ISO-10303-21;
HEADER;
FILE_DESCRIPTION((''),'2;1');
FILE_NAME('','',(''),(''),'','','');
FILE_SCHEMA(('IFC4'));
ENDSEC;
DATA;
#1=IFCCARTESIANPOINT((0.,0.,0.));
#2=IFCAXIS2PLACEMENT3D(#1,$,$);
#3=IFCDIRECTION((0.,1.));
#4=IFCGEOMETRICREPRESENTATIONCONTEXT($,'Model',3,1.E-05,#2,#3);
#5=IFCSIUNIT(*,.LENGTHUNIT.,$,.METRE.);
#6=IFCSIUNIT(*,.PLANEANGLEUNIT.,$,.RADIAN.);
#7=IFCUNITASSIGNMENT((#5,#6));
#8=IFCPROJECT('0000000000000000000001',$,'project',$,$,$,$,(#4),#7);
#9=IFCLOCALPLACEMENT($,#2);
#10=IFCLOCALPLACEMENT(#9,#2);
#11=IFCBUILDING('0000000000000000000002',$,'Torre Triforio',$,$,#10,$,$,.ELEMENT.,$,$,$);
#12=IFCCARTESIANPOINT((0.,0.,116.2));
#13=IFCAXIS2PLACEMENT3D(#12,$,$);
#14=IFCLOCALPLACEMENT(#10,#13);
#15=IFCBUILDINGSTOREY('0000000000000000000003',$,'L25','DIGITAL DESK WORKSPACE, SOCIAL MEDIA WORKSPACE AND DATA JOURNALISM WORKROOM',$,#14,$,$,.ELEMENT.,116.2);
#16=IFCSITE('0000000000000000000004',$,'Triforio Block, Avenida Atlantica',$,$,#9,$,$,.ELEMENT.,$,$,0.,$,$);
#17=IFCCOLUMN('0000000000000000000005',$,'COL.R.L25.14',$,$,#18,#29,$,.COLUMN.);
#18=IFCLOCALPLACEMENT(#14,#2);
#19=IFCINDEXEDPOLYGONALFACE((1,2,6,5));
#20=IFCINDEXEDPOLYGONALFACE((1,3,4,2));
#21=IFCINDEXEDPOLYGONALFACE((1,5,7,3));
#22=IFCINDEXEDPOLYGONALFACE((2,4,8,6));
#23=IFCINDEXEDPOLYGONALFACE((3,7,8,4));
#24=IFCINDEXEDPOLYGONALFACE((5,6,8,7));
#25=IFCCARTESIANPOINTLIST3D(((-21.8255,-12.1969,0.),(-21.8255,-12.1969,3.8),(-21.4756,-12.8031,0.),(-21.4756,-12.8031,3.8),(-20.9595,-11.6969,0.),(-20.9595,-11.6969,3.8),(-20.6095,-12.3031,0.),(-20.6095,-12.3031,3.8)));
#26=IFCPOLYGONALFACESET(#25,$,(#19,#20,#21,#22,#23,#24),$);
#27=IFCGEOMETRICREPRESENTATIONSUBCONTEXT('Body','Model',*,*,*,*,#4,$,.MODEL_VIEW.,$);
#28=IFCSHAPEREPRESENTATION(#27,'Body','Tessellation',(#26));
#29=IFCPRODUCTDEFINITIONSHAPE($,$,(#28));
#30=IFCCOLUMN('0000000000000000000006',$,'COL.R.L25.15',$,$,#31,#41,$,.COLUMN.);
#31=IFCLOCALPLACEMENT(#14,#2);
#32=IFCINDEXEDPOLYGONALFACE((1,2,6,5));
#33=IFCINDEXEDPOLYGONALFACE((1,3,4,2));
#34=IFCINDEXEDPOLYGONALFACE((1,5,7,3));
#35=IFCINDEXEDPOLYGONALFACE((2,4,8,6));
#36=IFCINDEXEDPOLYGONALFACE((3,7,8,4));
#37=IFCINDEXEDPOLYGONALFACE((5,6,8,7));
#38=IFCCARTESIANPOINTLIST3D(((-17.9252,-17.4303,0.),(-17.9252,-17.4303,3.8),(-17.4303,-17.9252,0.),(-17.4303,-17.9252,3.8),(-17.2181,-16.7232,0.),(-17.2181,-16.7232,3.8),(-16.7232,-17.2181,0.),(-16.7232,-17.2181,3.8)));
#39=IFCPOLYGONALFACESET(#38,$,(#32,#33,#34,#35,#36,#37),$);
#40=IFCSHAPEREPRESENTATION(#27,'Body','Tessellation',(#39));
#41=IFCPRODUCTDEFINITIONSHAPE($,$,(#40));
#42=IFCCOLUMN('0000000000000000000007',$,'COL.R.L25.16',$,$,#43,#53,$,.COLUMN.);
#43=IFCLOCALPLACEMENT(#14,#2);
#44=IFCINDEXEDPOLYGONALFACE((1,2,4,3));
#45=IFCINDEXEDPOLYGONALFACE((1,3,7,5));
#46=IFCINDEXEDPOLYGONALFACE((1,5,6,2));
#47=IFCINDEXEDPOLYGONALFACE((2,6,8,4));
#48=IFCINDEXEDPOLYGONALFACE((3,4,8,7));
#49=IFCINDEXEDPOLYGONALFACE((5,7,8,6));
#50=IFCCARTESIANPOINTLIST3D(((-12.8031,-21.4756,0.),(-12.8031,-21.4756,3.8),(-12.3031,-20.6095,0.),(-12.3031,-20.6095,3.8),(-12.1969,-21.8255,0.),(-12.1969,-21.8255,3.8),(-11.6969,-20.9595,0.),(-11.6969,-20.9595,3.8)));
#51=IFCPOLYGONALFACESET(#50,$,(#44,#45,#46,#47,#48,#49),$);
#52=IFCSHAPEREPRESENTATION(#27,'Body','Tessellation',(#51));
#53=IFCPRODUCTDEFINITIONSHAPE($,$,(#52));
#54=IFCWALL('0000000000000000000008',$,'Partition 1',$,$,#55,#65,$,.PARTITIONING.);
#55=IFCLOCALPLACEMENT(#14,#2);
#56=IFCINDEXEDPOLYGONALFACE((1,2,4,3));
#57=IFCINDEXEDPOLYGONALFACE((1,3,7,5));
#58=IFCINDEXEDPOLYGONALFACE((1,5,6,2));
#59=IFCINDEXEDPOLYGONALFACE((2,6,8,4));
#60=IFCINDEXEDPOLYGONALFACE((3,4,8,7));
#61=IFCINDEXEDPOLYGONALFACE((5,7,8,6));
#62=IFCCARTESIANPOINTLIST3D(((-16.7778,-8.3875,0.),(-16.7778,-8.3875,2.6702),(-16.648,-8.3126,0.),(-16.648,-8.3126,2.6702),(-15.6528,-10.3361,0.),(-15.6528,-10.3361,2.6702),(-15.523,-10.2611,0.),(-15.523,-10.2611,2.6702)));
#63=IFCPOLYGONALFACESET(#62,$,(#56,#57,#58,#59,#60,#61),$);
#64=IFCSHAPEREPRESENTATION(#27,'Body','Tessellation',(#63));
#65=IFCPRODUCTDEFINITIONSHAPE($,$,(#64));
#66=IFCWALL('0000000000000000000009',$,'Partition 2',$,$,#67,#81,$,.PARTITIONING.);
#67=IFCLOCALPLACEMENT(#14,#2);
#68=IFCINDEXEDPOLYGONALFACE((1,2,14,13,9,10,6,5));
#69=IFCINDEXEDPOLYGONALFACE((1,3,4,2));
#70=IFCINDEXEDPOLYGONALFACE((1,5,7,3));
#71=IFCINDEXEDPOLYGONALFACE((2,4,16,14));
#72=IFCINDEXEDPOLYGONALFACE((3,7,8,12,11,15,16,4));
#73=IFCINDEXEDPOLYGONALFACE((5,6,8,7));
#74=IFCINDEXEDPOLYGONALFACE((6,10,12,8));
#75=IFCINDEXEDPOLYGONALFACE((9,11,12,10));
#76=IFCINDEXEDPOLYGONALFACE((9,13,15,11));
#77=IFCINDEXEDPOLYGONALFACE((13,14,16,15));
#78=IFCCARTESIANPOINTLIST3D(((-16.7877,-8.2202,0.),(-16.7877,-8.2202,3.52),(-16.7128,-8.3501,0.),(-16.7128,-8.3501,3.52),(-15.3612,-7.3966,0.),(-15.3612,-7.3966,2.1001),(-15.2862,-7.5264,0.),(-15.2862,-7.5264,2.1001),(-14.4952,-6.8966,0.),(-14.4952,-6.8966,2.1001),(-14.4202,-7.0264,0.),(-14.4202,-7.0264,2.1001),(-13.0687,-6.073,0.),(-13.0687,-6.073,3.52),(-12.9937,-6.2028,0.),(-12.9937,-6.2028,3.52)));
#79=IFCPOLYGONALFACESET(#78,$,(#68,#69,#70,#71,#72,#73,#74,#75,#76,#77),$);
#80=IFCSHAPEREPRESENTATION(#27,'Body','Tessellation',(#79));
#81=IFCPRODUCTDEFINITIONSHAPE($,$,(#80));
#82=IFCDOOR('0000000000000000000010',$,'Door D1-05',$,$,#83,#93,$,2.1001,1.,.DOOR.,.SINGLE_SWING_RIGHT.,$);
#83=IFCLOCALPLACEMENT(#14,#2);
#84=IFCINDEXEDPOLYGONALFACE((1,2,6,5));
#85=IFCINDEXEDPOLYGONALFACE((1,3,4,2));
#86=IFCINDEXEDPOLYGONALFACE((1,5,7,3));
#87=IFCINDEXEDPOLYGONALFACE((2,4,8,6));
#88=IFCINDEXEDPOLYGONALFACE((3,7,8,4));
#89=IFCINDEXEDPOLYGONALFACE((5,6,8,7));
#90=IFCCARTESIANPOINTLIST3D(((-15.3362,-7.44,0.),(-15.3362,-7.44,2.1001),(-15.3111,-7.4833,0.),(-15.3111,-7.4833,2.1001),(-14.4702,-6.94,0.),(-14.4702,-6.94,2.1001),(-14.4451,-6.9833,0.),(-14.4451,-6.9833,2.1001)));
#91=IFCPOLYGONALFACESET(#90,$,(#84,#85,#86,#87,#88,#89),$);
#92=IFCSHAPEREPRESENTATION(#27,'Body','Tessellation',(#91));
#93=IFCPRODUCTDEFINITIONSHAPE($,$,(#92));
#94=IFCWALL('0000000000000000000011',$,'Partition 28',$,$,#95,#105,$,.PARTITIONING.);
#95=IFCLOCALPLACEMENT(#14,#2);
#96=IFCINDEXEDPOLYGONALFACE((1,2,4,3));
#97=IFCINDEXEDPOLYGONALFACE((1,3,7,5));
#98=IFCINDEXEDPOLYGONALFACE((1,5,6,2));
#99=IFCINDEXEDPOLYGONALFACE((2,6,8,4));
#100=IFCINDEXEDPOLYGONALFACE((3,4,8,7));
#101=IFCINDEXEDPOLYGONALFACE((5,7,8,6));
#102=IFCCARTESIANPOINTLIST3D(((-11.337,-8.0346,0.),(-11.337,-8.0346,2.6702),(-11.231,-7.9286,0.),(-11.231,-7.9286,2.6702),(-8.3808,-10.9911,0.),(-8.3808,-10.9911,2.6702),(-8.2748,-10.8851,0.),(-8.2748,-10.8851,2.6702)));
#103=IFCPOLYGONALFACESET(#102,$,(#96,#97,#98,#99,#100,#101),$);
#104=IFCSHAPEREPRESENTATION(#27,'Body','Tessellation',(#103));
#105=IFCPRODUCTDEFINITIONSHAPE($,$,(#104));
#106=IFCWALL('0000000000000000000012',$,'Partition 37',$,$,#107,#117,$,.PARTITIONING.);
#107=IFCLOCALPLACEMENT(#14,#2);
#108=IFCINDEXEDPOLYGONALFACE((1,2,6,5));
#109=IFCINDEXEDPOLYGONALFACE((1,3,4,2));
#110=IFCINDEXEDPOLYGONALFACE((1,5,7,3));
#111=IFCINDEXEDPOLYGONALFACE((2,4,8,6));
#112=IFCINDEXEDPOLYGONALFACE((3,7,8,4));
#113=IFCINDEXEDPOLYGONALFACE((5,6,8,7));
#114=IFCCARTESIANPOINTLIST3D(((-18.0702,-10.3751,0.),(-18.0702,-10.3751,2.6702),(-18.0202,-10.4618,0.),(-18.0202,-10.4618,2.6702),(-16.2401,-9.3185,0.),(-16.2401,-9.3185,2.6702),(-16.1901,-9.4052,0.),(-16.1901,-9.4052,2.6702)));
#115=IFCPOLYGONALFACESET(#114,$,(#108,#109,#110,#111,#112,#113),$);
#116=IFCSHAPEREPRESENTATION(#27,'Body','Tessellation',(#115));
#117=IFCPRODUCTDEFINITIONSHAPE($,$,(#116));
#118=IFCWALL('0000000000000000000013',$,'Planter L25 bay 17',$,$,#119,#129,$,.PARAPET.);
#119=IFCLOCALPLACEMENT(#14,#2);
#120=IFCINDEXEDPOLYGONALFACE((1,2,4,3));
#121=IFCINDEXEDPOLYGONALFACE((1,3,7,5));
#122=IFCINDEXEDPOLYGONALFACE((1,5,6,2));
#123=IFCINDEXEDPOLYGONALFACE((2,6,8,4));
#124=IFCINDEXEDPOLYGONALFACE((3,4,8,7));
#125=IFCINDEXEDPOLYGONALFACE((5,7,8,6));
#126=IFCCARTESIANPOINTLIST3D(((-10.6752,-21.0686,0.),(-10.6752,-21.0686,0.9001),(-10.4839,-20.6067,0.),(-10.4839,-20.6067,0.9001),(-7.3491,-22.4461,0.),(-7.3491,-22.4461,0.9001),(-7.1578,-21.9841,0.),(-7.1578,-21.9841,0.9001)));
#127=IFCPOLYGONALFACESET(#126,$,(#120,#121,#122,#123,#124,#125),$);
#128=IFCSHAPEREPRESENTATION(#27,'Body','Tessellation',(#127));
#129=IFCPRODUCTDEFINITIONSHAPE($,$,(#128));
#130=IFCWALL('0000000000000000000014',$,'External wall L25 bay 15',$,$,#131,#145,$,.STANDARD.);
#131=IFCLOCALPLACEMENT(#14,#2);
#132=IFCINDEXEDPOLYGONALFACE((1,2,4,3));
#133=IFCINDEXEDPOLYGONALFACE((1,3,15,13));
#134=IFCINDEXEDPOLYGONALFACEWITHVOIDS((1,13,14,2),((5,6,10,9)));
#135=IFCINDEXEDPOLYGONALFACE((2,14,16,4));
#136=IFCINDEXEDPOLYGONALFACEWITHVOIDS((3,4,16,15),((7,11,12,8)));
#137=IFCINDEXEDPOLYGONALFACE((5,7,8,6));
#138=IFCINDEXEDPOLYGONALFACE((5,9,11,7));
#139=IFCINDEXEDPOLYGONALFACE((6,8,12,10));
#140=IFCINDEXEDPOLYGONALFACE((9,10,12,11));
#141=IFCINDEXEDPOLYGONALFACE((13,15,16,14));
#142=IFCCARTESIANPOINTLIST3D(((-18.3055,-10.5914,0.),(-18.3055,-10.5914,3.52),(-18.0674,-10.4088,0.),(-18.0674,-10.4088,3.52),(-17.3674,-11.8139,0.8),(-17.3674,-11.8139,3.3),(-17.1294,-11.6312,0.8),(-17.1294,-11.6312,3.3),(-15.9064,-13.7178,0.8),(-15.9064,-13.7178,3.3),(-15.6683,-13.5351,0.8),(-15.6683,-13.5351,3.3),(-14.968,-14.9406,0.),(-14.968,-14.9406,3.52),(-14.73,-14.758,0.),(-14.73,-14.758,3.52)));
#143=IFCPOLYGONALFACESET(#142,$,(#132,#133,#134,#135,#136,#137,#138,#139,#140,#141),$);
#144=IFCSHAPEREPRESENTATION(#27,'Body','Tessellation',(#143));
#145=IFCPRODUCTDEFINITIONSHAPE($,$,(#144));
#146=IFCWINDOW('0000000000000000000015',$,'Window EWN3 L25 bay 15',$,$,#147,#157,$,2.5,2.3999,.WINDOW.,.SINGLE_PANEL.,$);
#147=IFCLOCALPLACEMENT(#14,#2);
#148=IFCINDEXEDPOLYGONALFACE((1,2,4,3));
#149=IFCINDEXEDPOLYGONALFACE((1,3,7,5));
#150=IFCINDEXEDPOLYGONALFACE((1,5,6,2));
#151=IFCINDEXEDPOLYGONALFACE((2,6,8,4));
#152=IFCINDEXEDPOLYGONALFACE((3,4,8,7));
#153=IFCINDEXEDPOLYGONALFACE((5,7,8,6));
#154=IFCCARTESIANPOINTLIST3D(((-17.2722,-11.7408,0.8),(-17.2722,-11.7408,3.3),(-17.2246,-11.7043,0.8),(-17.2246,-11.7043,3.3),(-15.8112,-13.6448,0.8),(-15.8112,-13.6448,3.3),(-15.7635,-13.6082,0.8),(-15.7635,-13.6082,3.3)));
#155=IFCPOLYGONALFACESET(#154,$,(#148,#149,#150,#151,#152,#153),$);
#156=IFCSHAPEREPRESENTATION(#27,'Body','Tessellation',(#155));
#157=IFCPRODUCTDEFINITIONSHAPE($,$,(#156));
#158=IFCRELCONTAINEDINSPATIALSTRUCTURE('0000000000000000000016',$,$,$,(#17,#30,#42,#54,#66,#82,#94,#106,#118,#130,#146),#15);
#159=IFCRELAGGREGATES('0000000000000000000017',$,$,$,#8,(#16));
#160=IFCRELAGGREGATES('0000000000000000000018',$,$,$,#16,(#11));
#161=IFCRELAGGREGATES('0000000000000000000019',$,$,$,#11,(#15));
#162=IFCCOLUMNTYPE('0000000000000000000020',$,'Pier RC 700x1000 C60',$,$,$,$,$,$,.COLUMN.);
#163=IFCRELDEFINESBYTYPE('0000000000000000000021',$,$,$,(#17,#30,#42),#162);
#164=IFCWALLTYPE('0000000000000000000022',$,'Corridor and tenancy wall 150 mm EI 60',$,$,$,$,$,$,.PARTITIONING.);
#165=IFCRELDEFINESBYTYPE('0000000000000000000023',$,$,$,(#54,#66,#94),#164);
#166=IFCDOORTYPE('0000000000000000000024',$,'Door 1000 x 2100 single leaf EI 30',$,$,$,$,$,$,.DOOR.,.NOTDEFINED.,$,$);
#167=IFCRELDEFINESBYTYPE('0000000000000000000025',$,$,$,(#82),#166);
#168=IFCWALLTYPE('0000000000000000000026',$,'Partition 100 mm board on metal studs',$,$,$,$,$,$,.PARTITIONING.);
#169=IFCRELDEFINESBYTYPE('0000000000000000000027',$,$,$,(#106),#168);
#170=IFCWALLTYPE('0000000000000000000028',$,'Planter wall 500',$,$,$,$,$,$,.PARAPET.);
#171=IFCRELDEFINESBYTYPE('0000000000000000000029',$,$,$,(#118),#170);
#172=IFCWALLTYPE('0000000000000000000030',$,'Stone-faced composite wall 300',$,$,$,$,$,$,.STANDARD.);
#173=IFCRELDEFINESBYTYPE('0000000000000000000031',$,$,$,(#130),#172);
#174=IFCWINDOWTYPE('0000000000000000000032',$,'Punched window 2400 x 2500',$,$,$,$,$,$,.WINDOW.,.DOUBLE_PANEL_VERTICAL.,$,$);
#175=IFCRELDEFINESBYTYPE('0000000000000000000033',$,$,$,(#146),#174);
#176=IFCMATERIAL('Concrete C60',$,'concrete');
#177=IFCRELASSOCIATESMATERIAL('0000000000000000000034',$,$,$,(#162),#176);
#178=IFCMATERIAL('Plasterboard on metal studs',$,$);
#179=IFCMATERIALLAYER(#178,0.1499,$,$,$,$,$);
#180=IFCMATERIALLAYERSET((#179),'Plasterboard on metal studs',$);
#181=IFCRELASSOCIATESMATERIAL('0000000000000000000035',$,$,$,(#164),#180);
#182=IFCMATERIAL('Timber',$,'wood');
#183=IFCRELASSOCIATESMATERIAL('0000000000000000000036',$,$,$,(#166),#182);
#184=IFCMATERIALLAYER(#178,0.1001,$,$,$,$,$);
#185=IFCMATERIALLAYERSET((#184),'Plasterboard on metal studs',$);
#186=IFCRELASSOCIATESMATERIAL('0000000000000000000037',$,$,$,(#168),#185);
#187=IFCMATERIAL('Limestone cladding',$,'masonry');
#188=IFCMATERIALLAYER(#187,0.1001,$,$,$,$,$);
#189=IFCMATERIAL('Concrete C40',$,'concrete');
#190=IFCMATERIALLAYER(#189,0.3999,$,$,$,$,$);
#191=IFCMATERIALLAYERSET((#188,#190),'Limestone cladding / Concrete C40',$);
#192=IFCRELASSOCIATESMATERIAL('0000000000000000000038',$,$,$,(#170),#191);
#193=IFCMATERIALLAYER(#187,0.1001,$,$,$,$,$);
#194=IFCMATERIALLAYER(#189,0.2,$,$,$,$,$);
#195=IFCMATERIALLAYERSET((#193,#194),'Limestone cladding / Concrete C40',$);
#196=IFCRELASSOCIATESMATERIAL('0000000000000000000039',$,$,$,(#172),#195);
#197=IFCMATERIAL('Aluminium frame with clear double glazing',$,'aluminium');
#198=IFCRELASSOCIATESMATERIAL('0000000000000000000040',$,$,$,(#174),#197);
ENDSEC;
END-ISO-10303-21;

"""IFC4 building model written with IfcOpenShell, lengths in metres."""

from ifc_helpers import new_model, si_unit, direction, frame, frame_2d, origin, origin_2d, place, context, subcontext, project, spatial, rectangle, extrude, material, layer, layer_set, material_profile, profile_set, type_object, element, fill, save


model = new_model("IFC4")

# Units and contexts
model_context = context("Model", 3, precision=1e-05, world=origin(), true_north=direction((0.0, 1.0)))
body_context = subcontext(model_context, "Body", "Model", "MODEL_VIEW")
ifc_project = project(units=[si_unit("LENGTHUNIT", "METRE"), si_unit("PLANEANGLEUNIT", "RADIAN")], contexts=[model_context])

# Site, building, storey
site_placement = place(None, origin())
site = spatial("IfcSite", under=ifc_project, at=site_placement, Name="Triforio Block, Avenida Atlantica", CompositionType="ELEMENT", RefElevation=0.0)
building_placement = place(site_placement, origin())
building = spatial("IfcBuilding", under=site, at=building_placement, Name="Torre Triforio", CompositionType="ELEMENT")
storey_placement = place(building_placement, frame((0.0, 0.0, 116.2)))
storey = spatial("IfcBuildingStorey", under=building, at=storey_placement, Name="L25", Description="DIGITAL DESK WORKSPACE, SOCIAL MEDIA WORKSPACE AND DATA JOURNALISM WORKROOM", CompositionType="ELEMENT", Elevation=116.2)

# Columns
ifc_material_1 = material(Name="Concrete C60", Category="concrete")
ifc_material_profile = material_profile(ifc_material_1, rectangle(XDim=0.7, YDim=1.0, at=origin_2d()), Name="RC 700x1000")
ifc_profile_set = profile_set([ifc_material_profile], Name="Concrete C60")
column_type = type_object("IfcColumnType", Name="Pier RC 700x1000 C60", PredefinedType="COLUMN", material=ifc_profile_set)
for number, where, z_axis, x_axis, name in (
    (1, (-21.2175, -12.25, 0.0), (0.0, 0.0, 1.0), (0.5, -0.866025, 0.0), "COL.R.L25.14"),
    (2, (-17.3242, -17.3242, 0.0), (0.0, 0.0, 1.0), (0.707107, -0.707107, 0.0), "COL.R.L25.15"),
    (3, (-12.25, -21.2175, 0.0), (0.0, 0.0, 1.0), (0.866025, -0.5, 0.0), "COL.R.L25.16"),
):
    element("IfcColumn", number, at=place(storey_placement, frame(where, z_axis=z_axis, x_axis=x_axis)), inside=storey, type_object=column_type, Name=name, PredefinedType="COLUMN", context=body_context, shape_type="SweptSolid", body=[
        extrude(rectangle(XDim=0.7, YDim=1.0, at=origin_2d()), origin(), (0.0, 0.0, 1.0), 3.8),
    ])

# Wall
ifc_material_2 = material(Name="Plasterboard on metal studs")
ifc_layer_1 = layer(ifc_material_2, 0.1499)
ifc_layer_set_1 = layer_set([ifc_layer_1], Name="Plasterboard on metal studs")
wall_type_1 = type_object("IfcWallType", Name="Corridor and tenancy wall 150 mm EI 60", PredefinedType="PARTITIONING", material=ifc_layer_set_1)
wall_1_placement = place(storey_placement, frame((-15.5879, -10.2986, 0.0), z_axis=(0.0, 0.0, 1.0), x_axis=(-0.500014, 0.866018, 0.0)))
element("IfcWall", 4, at=wall_1_placement, inside=storey, type_object=wall_type_1, Name="Partition 1", PredefinedType="PARTITIONING", context=body_context, shape_type="SweptSolid", body=[
    extrude(rectangle(XDim=2.25, YDim=0.1499, at=frame_2d((1.125, 0.0))), origin(), (0.0, 0.0, 1.0), 2.6702),
])

# Wall, opening, door
wall_2_placement = place(storey_placement, frame((-16.7502, -8.2852, 0.0), z_axis=(0.0, 0.0, 1.0), x_axis=(0.86602, 0.50001, 0.0)))
wall_2 = element("IfcWall", 5, at=wall_2_placement, inside=storey, type_object=wall_type_1, Name="Partition 2", PredefinedType="PARTITIONING", context=body_context, shape_type="SweptSolid", body=[
    extrude(rectangle(XDim=4.2944, YDim=0.1499, at=frame_2d((2.1472, 0.0))), origin(), (0.0, 0.0, 1.0), 3.52),
])
opening_1_placement = place(wall_2_placement, frame((1.6472, 0.0, 0.0)))
opening_1 = element("IfcOpeningElement", 6, at=opening_1_placement, cuts=wall_2, PredefinedType="OPENING", context=body_context, shape_type="SweptSolid", body=[
    extrude(rectangle(XDim=1.0, YDim=2.1001, at=frame_2d((0.5, 1.05))), frame((0.0, 0.085, 0.0), z_axis=(0.0, -1.0, 0.0), x_axis=(1.0, 0.0, 0.0)), (0.0, 0.0, 1.0), 0.1699),
])
ifc_material_3 = material(Name="Timber", Category="wood")
door_type_1 = type_object("IfcDoorType", Name="Door 1000 x 2100 single leaf EI 30", OperationType="NOTDEFINED", PredefinedType="DOOR", material=ifc_material_3)
door_1_placement = place(opening_1_placement, origin())
door_1 = element("IfcDoor", 7, at=door_1_placement, inside=storey, type_object=door_type_1, Name="Door D1-05", OperationType="SINGLE_SWING_RIGHT", OverallHeight=2.1001, OverallWidth=1.0, PredefinedType="DOOR", context=body_context, shape_type="SweptSolid", body=[
    extrude(rectangle(XDim=1.0, YDim=2.1001, at=frame_2d((0.5, 1.05))), frame((0.0, 0.0249, 0.0), z_axis=(0.0, -1.0, 0.0), x_axis=(1.0, 0.0, 0.0)), (0.0, 0.0, 1.0), 0.05),
])
fill(opening_1, door_1)

# Walls
wall_3_placement = place(storey_placement, frame((-8.3279, -10.938, 0.0), z_axis=(0.0, 0.0, 1.0), x_axis=(-0.707078, 0.707136, 0.0)))
element("IfcWall", 8, at=wall_3_placement, inside=storey, type_object=wall_type_1, Name="Partition 28", PredefinedType="PARTITIONING", context=body_context, shape_type="SweptSolid", body=[
    extrude(rectangle(XDim=4.1809, YDim=0.1499, at=frame_2d((2.0903, 0.0))), origin(), (0.0, 0.0, 1.0), 2.6702),
])
ifc_layer_2 = layer(ifc_material_2, 0.1001)
ifc_layer_set_2 = layer_set([ifc_layer_2], Name="Plasterboard on metal studs")
wall_type_2 = type_object("IfcWallType", Name="Partition 100 mm board on metal studs", PredefinedType="PARTITIONING", material=ifc_layer_set_2)
wall_4_placement = place(storey_placement, frame((-16.2151, -9.3618, 0.0), z_axis=(0.0, 0.0, 1.0), x_axis=(-0.866016, -0.500016, 0.0)))
element("IfcWall", 9, at=wall_4_placement, inside=storey, type_object=wall_type_2, Name="Partition 37", PredefinedType="PARTITIONING", context=body_context, shape_type="SweptSolid", body=[
    extrude(rectangle(XDim=2.1133, YDim=0.1001, at=frame_2d((1.0566, 0.0))), origin(), (0.0, 0.0, 1.0), 2.6702),
])
ifc_material_4 = material(Name="Limestone cladding", Category="masonry")
ifc_layer_3 = layer(ifc_material_4, 0.1001)
ifc_material_5 = material(Name="Concrete C40", Category="concrete")
ifc_layer_4 = layer(ifc_material_5, 0.3999)
ifc_layer_set_3 = layer_set([ifc_layer_3, ifc_layer_4], Name="Limestone cladding / Concrete C40")
wall_type_3 = type_object("IfcWallType", Name="Planter wall 500", PredefinedType="PARAPET", material=ifc_layer_set_3)
wall_5_placement = place(storey_placement, frame((-10.5796, -20.8376, 0.0), z_axis=(0.0, 0.0, 1.0), x_axis=(0.923909, -0.382611, 0.0)))
element("IfcWall", 10, at=wall_5_placement, inside=storey, type_object=wall_type_3, Name="Planter L25 bay 17", PredefinedType="PARAPET", context=body_context, shape_type="SweptSolid", body=[
    extrude(rectangle(XDim=3.6001, YDim=0.5, at=frame_2d((1.8, 0.0))), origin(), (0.0, 0.0, 1.0), 0.9001),
])

# Wall, opening, window
ifc_layer_5 = layer(ifc_material_4, 0.1001)
ifc_layer_6 = layer(ifc_material_5, 0.2)
ifc_layer_set_4 = layer_set([ifc_layer_5, ifc_layer_6], Name="Limestone cladding / Concrete C40")
wall_type_4 = type_object("IfcWallType", Name="Stone-faced composite wall 300", PredefinedType="STANDARD", material=ifc_layer_set_4)
wall_6_placement = place(storey_placement, frame((-18.1865, -10.5, 0.0), z_axis=(0.0, 0.0, 1.0), x_axis=(0.608785, -0.793335, 0.0)))
wall_6 = element("IfcWall", 11, at=wall_6_placement, inside=storey, type_object=wall_type_4, Name="External wall L25 bay 15", PredefinedType="STANDARD", context=body_context, shape_type="SweptSolid", body=[
    extrude(rectangle(XDim=5.4822, YDim=0.3, at=frame_2d((2.7412, 0.0))), origin(), (0.0, 0.0, 1.0), 3.52),
])
opening_2_placement = place(wall_6_placement, frame((1.541, 0.0, 0.8)))
opening_2 = element("IfcOpeningElement", 12, at=opening_2_placement, cuts=wall_6, PredefinedType="OPENING", context=body_context, shape_type="SweptSolid", body=[
    extrude(rectangle(XDim=2.3999, YDim=2.5, at=frame_2d((1.2, 1.25))), frame((0.0, 0.1599, 0.0), z_axis=(0.0, -1.0, 0.0), x_axis=(1.0, 0.0, 0.0)), (0.0, 0.0, 1.0), 0.3201),
])
ifc_material_6 = material(Name="Aluminium frame with clear double glazing", Category="aluminium")
window_type_1 = type_object("IfcWindowType", Name="Punched window 2400 x 2500", PartitioningType="DOUBLE_PANEL_VERTICAL", PredefinedType="WINDOW", material=ifc_material_6)
window_1_placement = place(opening_2_placement, origin())
window_1 = element("IfcWindow", 13, at=window_1_placement, inside=storey, type_object=window_type_1, Name="Window EWN3 L25 bay 15", OverallHeight=2.5, OverallWidth=2.3999, PartitioningType="SINGLE_PANEL", PredefinedType="WINDOW", context=body_context, shape_type="SweptSolid", body=[
    extrude(rectangle(XDim=2.3999, YDim=2.5, at=frame_2d((1.2, 1.25))), frame((0.0, 0.03, 0.0), z_axis=(0.0, -1.0, 0.0), x_axis=(1.0, 0.0, 0.0)), (0.0, 0.0, 1.0), 0.0601),
])
fill(opening_2, window_1)

save(model, "model.ifc")
